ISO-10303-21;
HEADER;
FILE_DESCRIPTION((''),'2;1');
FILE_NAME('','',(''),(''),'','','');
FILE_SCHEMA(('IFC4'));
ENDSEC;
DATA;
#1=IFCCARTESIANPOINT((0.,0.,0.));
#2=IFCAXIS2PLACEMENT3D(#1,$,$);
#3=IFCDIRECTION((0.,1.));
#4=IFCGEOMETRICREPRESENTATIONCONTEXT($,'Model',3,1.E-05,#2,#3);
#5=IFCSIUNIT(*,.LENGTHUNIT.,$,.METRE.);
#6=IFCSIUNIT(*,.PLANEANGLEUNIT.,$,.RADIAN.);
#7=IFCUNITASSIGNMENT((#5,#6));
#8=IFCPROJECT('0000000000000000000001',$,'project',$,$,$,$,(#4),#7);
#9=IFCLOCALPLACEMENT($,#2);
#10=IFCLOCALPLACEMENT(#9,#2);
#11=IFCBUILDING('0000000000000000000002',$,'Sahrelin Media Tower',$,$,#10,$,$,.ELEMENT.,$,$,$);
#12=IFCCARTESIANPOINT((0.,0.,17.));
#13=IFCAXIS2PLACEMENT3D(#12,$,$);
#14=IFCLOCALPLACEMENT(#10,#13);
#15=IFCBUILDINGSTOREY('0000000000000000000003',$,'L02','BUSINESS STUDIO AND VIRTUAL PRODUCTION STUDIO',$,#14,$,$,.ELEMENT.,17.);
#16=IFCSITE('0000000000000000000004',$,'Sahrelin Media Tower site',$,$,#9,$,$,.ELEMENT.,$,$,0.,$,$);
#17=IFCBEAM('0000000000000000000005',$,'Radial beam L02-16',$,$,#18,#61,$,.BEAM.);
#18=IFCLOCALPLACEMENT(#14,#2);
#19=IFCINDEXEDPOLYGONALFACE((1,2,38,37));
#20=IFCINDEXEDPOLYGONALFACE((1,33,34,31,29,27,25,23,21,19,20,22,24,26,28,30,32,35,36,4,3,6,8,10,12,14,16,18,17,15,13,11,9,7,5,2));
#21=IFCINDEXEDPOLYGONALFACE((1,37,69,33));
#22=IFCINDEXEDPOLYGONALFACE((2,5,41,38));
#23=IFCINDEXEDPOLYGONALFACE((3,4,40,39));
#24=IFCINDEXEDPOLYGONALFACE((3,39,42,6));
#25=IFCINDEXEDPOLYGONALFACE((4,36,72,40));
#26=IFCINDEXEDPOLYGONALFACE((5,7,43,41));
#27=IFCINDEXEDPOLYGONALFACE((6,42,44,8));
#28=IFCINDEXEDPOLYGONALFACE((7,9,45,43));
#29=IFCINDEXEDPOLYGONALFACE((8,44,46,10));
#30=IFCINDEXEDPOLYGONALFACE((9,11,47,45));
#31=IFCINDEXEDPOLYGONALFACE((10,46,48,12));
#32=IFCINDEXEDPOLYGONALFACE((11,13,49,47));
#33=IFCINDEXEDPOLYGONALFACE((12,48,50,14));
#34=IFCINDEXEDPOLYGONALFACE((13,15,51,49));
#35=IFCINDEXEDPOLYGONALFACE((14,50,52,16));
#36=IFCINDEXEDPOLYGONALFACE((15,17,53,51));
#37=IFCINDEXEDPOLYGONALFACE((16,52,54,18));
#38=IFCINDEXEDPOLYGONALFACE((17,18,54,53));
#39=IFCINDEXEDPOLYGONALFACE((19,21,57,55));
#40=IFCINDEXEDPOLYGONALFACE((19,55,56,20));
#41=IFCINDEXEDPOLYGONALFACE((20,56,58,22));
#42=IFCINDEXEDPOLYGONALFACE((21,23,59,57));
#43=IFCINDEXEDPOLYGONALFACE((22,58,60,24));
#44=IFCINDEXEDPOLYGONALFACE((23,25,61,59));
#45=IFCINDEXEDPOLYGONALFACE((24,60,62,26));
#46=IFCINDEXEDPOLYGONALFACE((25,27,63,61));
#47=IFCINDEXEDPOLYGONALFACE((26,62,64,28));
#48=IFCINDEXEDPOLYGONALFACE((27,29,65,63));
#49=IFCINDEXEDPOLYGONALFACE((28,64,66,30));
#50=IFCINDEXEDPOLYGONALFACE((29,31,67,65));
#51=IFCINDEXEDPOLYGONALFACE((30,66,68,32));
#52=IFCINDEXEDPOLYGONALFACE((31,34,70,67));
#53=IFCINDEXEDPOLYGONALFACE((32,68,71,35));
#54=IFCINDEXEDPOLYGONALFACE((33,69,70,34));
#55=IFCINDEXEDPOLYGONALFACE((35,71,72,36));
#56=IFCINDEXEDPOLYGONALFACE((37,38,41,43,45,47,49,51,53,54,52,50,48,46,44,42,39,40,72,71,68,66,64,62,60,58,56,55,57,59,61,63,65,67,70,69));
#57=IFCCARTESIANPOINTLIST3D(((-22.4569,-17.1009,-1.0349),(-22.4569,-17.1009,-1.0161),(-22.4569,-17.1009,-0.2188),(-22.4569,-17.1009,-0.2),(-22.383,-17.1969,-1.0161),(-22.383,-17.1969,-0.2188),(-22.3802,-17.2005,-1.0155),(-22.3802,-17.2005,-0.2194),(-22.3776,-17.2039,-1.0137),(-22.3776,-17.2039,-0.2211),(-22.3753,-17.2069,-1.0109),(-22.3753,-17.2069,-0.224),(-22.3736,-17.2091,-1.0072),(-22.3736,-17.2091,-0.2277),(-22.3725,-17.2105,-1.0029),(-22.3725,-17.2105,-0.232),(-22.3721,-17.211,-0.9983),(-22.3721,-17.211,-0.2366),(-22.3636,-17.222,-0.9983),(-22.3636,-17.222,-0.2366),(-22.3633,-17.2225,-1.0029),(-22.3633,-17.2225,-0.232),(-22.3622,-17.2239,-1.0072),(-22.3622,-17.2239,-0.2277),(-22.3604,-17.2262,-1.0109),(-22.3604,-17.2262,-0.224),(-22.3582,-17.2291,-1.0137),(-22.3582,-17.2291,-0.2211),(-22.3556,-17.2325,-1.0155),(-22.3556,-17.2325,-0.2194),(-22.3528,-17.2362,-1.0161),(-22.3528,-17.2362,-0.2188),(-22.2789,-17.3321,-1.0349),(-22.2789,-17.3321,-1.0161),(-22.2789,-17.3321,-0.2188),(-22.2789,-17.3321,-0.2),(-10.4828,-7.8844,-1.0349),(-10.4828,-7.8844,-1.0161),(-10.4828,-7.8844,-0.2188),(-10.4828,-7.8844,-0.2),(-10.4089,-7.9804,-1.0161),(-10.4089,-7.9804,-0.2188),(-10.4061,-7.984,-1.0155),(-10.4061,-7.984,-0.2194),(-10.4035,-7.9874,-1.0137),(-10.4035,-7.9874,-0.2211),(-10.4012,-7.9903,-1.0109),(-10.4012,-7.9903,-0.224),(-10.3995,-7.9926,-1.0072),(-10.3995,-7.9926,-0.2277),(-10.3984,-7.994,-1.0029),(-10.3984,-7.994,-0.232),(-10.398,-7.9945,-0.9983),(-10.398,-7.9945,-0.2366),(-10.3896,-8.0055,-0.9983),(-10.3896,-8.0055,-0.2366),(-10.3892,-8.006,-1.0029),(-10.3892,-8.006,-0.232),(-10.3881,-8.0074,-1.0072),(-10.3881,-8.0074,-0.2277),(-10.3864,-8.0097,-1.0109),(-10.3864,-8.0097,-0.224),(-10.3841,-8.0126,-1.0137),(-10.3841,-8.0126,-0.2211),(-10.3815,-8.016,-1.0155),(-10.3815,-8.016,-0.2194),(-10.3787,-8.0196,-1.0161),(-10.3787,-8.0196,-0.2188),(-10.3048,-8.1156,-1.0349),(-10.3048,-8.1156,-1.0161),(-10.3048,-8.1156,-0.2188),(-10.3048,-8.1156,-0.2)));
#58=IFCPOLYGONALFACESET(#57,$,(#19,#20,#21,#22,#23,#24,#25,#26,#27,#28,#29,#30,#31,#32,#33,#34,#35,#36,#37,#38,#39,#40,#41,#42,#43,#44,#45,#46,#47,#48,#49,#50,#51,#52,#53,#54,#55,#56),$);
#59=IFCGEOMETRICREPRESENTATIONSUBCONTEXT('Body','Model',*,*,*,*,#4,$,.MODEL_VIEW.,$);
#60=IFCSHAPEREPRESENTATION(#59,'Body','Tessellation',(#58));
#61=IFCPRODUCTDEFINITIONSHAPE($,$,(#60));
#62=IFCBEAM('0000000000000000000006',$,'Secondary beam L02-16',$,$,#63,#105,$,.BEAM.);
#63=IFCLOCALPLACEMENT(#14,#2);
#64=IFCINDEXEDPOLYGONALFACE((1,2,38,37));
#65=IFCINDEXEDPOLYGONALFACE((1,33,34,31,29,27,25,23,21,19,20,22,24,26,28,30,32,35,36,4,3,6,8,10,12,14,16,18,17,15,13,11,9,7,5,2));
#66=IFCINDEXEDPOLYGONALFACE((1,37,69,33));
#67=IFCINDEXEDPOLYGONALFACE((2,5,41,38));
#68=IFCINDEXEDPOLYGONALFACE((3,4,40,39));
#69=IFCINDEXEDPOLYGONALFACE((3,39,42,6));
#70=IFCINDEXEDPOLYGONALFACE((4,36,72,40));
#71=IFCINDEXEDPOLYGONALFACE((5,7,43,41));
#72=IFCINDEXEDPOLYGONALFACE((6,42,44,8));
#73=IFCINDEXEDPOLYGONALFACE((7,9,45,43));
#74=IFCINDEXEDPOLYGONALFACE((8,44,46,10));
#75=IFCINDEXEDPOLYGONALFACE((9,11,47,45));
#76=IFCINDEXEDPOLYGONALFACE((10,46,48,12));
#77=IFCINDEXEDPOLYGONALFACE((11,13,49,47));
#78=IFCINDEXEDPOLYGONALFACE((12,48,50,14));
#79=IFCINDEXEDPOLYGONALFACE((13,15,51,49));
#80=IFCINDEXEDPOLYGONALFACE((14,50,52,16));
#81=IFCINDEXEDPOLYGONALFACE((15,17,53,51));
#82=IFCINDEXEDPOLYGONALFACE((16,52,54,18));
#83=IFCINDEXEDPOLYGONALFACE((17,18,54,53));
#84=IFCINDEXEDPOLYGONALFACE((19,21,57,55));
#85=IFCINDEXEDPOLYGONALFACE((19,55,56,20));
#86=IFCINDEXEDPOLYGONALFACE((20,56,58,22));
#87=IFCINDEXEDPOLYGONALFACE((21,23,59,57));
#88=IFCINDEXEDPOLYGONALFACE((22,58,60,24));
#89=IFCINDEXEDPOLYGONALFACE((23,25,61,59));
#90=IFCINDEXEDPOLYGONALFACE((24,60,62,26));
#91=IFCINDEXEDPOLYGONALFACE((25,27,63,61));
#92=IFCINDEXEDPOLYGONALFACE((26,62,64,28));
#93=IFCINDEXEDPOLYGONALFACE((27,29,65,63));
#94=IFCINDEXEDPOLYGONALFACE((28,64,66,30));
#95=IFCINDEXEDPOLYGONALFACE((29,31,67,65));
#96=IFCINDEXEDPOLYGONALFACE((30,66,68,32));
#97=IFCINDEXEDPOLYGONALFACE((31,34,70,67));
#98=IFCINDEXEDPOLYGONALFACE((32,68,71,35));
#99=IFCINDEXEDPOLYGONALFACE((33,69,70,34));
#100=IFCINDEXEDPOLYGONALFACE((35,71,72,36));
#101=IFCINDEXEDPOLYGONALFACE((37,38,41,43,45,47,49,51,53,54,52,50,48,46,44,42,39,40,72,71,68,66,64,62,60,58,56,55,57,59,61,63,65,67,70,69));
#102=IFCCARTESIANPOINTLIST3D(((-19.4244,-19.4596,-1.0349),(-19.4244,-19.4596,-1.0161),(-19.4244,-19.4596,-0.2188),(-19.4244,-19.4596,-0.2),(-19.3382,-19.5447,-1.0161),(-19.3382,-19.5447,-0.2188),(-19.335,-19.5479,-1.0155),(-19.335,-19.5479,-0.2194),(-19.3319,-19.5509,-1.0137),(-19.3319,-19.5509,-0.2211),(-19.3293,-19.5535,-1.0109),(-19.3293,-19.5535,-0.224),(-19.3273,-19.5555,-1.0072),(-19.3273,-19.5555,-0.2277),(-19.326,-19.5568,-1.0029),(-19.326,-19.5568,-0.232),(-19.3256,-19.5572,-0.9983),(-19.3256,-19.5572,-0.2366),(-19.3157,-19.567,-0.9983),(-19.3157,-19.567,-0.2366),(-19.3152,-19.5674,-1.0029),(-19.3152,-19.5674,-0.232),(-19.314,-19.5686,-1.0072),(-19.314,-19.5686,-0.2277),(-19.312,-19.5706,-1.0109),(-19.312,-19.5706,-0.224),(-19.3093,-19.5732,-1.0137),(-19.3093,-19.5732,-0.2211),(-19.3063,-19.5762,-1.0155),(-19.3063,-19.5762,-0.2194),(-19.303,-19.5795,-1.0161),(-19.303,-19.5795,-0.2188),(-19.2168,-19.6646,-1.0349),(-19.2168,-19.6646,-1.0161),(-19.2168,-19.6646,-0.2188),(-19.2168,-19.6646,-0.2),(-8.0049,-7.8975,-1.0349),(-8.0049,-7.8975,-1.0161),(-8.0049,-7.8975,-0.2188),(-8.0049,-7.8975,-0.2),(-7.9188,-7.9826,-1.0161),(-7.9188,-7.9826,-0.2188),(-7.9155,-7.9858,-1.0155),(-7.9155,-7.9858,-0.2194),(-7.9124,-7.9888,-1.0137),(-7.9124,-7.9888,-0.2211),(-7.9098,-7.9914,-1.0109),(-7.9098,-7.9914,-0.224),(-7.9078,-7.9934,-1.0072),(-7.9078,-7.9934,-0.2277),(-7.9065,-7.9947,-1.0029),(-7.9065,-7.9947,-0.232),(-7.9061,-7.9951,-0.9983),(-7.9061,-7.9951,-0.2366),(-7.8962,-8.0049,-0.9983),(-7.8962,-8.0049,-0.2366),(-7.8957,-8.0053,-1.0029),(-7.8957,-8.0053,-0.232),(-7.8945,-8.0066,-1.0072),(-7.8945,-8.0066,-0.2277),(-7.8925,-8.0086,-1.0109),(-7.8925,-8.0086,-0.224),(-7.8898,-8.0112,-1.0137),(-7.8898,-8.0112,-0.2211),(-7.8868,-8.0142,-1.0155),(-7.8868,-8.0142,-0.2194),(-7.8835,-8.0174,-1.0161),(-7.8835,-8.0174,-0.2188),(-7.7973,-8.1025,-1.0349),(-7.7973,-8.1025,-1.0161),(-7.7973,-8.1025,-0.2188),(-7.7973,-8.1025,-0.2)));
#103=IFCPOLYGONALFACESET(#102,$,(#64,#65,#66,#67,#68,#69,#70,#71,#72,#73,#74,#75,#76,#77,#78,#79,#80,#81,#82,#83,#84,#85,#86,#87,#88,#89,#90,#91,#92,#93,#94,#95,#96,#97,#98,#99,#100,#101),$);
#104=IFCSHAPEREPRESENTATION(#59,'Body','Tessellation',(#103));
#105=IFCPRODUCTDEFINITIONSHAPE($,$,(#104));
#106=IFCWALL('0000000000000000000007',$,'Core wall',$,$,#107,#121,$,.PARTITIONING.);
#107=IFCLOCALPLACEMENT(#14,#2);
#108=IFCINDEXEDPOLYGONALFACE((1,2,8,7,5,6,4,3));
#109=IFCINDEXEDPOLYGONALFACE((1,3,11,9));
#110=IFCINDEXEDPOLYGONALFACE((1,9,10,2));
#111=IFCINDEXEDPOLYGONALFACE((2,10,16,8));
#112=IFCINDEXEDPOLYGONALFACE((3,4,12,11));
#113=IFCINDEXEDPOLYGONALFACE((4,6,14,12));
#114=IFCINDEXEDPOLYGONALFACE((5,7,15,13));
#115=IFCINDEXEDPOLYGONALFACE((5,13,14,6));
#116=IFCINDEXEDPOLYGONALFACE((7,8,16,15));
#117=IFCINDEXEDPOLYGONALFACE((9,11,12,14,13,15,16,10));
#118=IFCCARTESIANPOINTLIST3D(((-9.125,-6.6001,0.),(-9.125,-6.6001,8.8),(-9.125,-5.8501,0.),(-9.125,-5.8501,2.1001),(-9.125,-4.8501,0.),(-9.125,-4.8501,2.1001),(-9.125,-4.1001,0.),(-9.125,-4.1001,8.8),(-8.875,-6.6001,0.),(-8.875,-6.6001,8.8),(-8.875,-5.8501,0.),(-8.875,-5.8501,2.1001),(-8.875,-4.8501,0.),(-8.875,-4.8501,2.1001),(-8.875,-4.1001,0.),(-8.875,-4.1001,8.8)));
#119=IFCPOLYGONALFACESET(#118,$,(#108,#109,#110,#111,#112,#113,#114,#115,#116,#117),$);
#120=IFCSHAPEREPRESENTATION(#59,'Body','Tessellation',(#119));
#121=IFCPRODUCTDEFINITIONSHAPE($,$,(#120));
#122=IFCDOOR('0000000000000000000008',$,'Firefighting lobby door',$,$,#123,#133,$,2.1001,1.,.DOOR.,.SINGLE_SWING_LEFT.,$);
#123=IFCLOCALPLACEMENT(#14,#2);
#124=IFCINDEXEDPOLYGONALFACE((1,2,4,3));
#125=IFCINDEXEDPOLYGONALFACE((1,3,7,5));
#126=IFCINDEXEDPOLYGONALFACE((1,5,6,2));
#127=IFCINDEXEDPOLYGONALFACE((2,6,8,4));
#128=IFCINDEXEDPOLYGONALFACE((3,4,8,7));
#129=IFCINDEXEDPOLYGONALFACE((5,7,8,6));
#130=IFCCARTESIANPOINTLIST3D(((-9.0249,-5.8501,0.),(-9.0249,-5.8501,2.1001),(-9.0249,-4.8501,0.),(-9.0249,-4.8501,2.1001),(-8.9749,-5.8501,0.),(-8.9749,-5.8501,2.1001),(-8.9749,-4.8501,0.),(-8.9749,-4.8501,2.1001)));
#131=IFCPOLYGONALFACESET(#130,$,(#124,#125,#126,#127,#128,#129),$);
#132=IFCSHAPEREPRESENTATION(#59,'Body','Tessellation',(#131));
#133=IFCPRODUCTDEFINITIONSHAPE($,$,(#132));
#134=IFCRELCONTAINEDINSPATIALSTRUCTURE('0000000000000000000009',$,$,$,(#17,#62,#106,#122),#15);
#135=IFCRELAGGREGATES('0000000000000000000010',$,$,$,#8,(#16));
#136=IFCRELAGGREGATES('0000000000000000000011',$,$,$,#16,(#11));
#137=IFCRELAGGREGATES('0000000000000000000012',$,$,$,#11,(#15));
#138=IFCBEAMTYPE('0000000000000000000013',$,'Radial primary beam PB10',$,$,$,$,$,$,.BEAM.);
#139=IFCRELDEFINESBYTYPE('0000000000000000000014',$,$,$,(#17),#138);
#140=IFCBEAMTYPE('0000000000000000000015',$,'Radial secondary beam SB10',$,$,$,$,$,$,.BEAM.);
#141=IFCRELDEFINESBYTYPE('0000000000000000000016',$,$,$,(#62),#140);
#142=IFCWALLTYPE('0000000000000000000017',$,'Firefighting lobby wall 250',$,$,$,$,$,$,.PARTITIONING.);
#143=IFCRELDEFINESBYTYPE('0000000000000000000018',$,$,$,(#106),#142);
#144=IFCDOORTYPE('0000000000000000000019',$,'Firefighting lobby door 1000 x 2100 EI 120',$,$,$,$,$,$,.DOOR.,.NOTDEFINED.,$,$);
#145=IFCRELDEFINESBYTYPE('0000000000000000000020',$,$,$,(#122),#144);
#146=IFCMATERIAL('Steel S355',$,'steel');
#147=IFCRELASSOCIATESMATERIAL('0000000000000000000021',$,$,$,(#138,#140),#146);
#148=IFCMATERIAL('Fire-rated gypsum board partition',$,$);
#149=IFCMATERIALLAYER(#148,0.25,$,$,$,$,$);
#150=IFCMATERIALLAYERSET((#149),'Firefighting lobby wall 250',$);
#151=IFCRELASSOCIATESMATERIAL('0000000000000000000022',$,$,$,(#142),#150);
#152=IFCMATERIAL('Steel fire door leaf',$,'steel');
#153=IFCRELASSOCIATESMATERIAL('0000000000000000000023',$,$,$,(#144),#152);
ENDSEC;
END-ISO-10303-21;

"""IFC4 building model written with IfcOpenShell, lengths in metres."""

from ifc_helpers import new_model, si_unit, direction, frame, frame_2d, origin, origin_2d, place, context, subcontext, project, spatial, rectangle, i_section, extrude, material, layer, layer_set, material_profile, profile_set, type_object, element, fill, save


model = new_model("IFC4")

# Units and contexts
model_context = context("Model", 3, precision=1e-05, world=origin(), true_north=direction((0.0, 1.0)))
body_context = subcontext(model_context, "Body", "Model", "MODEL_VIEW")
ifc_project = project(units=[si_unit("LENGTHUNIT", "METRE"), si_unit("PLANEANGLEUNIT", "RADIAN")], contexts=[model_context])

# Site, building, storey
site_placement = place(None, origin())
site = spatial("IfcSite", under=ifc_project, at=site_placement, Name="Sahrelin Media Tower site", CompositionType="ELEMENT", RefElevation=0.0)
building_placement = place(site_placement, origin())
building = spatial("IfcBuilding", under=site, at=building_placement, Name="Sahrelin Media Tower", CompositionType="ELEMENT")
storey_placement = place(building_placement, frame((0.0, 0.0, 17.0)))
storey = spatial("IfcBuildingStorey", under=building, at=storey_placement, Name="L02", Description="BUSINESS STUDIO AND VIRTUAL PRODUCTION STUDIO", CompositionType="ELEMENT", Elevation=17.0)

# Beams
ifc_material_1 = material(Name="Steel S355", Category="steel")
ifc_material_profile_1 = material_profile(ifc_material_1, i_section(OverallWidth=0.2917, OverallDepth=0.835, WebThickness=0.0139, FlangeThickness=0.0188, FilletRadius=0.0178, at=origin_2d()), Name="UB 838x292x176")
ifc_profile_set_1 = profile_set([ifc_material_profile_1], Name="Steel S355")
beam_type_1 = type_object("IfcBeamType", Name="Radial primary beam PB10", PredefinedType="BEAM", material=ifc_profile_set_1)
beam_1_placement = place(storey_placement, frame((-10.3938, -8.0, -0.6174), z_axis=(-0.792442, -0.609947, 0.0), x_axis=(0.609947, -0.792442, 0.0)))
element("IfcBeam", 1, at=beam_1_placement, inside=storey, type_object=beam_type_1, Name="Radial beam L02-16", PredefinedType="BEAM", context=body_context, shape_type="SweptSolid", body=[
    extrude(i_section(OverallWidth=0.2917, OverallDepth=0.835, WebThickness=0.0139, FlangeThickness=0.0188, FilletRadius=0.0178, at=origin_2d()), origin(), (0.0, 0.0, 1.0), 15.1104),
])
ifc_material_profile_2 = material_profile(ifc_material_1, i_section(OverallWidth=0.2917, OverallDepth=0.835, WebThickness=0.0139, FlangeThickness=0.0188, FilletRadius=0.0178, at=origin_2d()), Name="UB 838x292x176")
ifc_profile_set_2 = profile_set([ifc_material_profile_2], Name="Steel S355")
beam_type_2 = type_object("IfcBeamType", Name="Radial secondary beam SB10", PredefinedType="BEAM", material=ifc_profile_set_2)
beam_2_placement = place(storey_placement, frame((-7.9011, -8.0, -0.6174), z_axis=(-0.702706, -0.71148, 0.0), x_axis=(0.71148, -0.702706, 0.0)))
element("IfcBeam", 2, at=beam_2_placement, inside=storey, type_object=beam_type_2, Name="Secondary beam L02-16", PredefinedType="BEAM", context=body_context, shape_type="SweptSolid", body=[
    extrude(i_section(OverallWidth=0.2917, OverallDepth=0.835, WebThickness=0.0139, FlangeThickness=0.0188, FilletRadius=0.0178, at=origin_2d()), origin(), (0.0, 0.0, 1.0), 16.2507),
])

# Wall, opening, door
ifc_material_2 = material(Name="Fire-rated gypsum board partition")
ifc_layer_1 = layer(ifc_material_2, 0.25)
ifc_layer_set_1 = layer_set([ifc_layer_1], Name="Firefighting lobby wall 250")
wall_type_1 = type_object("IfcWallType", Name="Firefighting lobby wall 250", PredefinedType="PARTITIONING", material=ifc_layer_set_1)
wall_1_placement = place(storey_placement, frame((-9.0, -6.6001, 0.0), z_axis=(0.0, 0.0, 1.0), x_axis=(0.0, 1.0, 0.0)))
wall_1 = element("IfcWall", 3, at=wall_1_placement, inside=storey, type_object=wall_type_1, Name="Core wall", PredefinedType="PARTITIONING", context=body_context, shape_type="SweptSolid", body=[
    extrude(rectangle(XDim=2.5, YDim=0.25, at=frame_2d((1.25, 0.0))), origin(), (0.0, 0.0, 1.0), 8.8),
])
opening_1_placement = place(wall_1_placement, frame((0.75, 0.0, 0.0)))
opening_1 = element("IfcOpeningElement", 4, at=opening_1_placement, cuts=wall_1, PredefinedType="OPENING", context=body_context, shape_type="SweptSolid", body=[
    extrude(rectangle(XDim=1.0, YDim=2.1001, at=frame_2d((0.5, 1.05))), frame((0.0, 0.125, 0.0), z_axis=(0.0, -1.0, 0.0), x_axis=(1.0, 0.0, 0.0)), (0.0, 0.0, 1.0), 0.25),
])
ifc_material_3 = material(Name="Steel fire door leaf", Category="steel")
door_type_1 = type_object("IfcDoorType", Name="Firefighting lobby door 1000 x 2100 EI 120", OperationType="NOTDEFINED", PredefinedType="DOOR", material=ifc_material_3)
door_1_placement = place(opening_1_placement, origin())
door_1 = element("IfcDoor", 5, at=door_1_placement, inside=storey, type_object=door_type_1, Name="Firefighting lobby door", OperationType="SINGLE_SWING_LEFT", OverallHeight=2.1001, OverallWidth=1.0, PredefinedType="DOOR", context=body_context, shape_type="SweptSolid", body=[
    extrude(rectangle(XDim=1.0, YDim=2.1001, at=frame_2d((0.5, 1.05))), frame((0.0, 0.0249, 0.0), z_axis=(0.0, -1.0, 0.0), x_axis=(1.0, 0.0, 0.0)), (0.0, 0.0, 1.0), 0.05),
])
fill(opening_1, door_1)

save(model, "model.ifc")
